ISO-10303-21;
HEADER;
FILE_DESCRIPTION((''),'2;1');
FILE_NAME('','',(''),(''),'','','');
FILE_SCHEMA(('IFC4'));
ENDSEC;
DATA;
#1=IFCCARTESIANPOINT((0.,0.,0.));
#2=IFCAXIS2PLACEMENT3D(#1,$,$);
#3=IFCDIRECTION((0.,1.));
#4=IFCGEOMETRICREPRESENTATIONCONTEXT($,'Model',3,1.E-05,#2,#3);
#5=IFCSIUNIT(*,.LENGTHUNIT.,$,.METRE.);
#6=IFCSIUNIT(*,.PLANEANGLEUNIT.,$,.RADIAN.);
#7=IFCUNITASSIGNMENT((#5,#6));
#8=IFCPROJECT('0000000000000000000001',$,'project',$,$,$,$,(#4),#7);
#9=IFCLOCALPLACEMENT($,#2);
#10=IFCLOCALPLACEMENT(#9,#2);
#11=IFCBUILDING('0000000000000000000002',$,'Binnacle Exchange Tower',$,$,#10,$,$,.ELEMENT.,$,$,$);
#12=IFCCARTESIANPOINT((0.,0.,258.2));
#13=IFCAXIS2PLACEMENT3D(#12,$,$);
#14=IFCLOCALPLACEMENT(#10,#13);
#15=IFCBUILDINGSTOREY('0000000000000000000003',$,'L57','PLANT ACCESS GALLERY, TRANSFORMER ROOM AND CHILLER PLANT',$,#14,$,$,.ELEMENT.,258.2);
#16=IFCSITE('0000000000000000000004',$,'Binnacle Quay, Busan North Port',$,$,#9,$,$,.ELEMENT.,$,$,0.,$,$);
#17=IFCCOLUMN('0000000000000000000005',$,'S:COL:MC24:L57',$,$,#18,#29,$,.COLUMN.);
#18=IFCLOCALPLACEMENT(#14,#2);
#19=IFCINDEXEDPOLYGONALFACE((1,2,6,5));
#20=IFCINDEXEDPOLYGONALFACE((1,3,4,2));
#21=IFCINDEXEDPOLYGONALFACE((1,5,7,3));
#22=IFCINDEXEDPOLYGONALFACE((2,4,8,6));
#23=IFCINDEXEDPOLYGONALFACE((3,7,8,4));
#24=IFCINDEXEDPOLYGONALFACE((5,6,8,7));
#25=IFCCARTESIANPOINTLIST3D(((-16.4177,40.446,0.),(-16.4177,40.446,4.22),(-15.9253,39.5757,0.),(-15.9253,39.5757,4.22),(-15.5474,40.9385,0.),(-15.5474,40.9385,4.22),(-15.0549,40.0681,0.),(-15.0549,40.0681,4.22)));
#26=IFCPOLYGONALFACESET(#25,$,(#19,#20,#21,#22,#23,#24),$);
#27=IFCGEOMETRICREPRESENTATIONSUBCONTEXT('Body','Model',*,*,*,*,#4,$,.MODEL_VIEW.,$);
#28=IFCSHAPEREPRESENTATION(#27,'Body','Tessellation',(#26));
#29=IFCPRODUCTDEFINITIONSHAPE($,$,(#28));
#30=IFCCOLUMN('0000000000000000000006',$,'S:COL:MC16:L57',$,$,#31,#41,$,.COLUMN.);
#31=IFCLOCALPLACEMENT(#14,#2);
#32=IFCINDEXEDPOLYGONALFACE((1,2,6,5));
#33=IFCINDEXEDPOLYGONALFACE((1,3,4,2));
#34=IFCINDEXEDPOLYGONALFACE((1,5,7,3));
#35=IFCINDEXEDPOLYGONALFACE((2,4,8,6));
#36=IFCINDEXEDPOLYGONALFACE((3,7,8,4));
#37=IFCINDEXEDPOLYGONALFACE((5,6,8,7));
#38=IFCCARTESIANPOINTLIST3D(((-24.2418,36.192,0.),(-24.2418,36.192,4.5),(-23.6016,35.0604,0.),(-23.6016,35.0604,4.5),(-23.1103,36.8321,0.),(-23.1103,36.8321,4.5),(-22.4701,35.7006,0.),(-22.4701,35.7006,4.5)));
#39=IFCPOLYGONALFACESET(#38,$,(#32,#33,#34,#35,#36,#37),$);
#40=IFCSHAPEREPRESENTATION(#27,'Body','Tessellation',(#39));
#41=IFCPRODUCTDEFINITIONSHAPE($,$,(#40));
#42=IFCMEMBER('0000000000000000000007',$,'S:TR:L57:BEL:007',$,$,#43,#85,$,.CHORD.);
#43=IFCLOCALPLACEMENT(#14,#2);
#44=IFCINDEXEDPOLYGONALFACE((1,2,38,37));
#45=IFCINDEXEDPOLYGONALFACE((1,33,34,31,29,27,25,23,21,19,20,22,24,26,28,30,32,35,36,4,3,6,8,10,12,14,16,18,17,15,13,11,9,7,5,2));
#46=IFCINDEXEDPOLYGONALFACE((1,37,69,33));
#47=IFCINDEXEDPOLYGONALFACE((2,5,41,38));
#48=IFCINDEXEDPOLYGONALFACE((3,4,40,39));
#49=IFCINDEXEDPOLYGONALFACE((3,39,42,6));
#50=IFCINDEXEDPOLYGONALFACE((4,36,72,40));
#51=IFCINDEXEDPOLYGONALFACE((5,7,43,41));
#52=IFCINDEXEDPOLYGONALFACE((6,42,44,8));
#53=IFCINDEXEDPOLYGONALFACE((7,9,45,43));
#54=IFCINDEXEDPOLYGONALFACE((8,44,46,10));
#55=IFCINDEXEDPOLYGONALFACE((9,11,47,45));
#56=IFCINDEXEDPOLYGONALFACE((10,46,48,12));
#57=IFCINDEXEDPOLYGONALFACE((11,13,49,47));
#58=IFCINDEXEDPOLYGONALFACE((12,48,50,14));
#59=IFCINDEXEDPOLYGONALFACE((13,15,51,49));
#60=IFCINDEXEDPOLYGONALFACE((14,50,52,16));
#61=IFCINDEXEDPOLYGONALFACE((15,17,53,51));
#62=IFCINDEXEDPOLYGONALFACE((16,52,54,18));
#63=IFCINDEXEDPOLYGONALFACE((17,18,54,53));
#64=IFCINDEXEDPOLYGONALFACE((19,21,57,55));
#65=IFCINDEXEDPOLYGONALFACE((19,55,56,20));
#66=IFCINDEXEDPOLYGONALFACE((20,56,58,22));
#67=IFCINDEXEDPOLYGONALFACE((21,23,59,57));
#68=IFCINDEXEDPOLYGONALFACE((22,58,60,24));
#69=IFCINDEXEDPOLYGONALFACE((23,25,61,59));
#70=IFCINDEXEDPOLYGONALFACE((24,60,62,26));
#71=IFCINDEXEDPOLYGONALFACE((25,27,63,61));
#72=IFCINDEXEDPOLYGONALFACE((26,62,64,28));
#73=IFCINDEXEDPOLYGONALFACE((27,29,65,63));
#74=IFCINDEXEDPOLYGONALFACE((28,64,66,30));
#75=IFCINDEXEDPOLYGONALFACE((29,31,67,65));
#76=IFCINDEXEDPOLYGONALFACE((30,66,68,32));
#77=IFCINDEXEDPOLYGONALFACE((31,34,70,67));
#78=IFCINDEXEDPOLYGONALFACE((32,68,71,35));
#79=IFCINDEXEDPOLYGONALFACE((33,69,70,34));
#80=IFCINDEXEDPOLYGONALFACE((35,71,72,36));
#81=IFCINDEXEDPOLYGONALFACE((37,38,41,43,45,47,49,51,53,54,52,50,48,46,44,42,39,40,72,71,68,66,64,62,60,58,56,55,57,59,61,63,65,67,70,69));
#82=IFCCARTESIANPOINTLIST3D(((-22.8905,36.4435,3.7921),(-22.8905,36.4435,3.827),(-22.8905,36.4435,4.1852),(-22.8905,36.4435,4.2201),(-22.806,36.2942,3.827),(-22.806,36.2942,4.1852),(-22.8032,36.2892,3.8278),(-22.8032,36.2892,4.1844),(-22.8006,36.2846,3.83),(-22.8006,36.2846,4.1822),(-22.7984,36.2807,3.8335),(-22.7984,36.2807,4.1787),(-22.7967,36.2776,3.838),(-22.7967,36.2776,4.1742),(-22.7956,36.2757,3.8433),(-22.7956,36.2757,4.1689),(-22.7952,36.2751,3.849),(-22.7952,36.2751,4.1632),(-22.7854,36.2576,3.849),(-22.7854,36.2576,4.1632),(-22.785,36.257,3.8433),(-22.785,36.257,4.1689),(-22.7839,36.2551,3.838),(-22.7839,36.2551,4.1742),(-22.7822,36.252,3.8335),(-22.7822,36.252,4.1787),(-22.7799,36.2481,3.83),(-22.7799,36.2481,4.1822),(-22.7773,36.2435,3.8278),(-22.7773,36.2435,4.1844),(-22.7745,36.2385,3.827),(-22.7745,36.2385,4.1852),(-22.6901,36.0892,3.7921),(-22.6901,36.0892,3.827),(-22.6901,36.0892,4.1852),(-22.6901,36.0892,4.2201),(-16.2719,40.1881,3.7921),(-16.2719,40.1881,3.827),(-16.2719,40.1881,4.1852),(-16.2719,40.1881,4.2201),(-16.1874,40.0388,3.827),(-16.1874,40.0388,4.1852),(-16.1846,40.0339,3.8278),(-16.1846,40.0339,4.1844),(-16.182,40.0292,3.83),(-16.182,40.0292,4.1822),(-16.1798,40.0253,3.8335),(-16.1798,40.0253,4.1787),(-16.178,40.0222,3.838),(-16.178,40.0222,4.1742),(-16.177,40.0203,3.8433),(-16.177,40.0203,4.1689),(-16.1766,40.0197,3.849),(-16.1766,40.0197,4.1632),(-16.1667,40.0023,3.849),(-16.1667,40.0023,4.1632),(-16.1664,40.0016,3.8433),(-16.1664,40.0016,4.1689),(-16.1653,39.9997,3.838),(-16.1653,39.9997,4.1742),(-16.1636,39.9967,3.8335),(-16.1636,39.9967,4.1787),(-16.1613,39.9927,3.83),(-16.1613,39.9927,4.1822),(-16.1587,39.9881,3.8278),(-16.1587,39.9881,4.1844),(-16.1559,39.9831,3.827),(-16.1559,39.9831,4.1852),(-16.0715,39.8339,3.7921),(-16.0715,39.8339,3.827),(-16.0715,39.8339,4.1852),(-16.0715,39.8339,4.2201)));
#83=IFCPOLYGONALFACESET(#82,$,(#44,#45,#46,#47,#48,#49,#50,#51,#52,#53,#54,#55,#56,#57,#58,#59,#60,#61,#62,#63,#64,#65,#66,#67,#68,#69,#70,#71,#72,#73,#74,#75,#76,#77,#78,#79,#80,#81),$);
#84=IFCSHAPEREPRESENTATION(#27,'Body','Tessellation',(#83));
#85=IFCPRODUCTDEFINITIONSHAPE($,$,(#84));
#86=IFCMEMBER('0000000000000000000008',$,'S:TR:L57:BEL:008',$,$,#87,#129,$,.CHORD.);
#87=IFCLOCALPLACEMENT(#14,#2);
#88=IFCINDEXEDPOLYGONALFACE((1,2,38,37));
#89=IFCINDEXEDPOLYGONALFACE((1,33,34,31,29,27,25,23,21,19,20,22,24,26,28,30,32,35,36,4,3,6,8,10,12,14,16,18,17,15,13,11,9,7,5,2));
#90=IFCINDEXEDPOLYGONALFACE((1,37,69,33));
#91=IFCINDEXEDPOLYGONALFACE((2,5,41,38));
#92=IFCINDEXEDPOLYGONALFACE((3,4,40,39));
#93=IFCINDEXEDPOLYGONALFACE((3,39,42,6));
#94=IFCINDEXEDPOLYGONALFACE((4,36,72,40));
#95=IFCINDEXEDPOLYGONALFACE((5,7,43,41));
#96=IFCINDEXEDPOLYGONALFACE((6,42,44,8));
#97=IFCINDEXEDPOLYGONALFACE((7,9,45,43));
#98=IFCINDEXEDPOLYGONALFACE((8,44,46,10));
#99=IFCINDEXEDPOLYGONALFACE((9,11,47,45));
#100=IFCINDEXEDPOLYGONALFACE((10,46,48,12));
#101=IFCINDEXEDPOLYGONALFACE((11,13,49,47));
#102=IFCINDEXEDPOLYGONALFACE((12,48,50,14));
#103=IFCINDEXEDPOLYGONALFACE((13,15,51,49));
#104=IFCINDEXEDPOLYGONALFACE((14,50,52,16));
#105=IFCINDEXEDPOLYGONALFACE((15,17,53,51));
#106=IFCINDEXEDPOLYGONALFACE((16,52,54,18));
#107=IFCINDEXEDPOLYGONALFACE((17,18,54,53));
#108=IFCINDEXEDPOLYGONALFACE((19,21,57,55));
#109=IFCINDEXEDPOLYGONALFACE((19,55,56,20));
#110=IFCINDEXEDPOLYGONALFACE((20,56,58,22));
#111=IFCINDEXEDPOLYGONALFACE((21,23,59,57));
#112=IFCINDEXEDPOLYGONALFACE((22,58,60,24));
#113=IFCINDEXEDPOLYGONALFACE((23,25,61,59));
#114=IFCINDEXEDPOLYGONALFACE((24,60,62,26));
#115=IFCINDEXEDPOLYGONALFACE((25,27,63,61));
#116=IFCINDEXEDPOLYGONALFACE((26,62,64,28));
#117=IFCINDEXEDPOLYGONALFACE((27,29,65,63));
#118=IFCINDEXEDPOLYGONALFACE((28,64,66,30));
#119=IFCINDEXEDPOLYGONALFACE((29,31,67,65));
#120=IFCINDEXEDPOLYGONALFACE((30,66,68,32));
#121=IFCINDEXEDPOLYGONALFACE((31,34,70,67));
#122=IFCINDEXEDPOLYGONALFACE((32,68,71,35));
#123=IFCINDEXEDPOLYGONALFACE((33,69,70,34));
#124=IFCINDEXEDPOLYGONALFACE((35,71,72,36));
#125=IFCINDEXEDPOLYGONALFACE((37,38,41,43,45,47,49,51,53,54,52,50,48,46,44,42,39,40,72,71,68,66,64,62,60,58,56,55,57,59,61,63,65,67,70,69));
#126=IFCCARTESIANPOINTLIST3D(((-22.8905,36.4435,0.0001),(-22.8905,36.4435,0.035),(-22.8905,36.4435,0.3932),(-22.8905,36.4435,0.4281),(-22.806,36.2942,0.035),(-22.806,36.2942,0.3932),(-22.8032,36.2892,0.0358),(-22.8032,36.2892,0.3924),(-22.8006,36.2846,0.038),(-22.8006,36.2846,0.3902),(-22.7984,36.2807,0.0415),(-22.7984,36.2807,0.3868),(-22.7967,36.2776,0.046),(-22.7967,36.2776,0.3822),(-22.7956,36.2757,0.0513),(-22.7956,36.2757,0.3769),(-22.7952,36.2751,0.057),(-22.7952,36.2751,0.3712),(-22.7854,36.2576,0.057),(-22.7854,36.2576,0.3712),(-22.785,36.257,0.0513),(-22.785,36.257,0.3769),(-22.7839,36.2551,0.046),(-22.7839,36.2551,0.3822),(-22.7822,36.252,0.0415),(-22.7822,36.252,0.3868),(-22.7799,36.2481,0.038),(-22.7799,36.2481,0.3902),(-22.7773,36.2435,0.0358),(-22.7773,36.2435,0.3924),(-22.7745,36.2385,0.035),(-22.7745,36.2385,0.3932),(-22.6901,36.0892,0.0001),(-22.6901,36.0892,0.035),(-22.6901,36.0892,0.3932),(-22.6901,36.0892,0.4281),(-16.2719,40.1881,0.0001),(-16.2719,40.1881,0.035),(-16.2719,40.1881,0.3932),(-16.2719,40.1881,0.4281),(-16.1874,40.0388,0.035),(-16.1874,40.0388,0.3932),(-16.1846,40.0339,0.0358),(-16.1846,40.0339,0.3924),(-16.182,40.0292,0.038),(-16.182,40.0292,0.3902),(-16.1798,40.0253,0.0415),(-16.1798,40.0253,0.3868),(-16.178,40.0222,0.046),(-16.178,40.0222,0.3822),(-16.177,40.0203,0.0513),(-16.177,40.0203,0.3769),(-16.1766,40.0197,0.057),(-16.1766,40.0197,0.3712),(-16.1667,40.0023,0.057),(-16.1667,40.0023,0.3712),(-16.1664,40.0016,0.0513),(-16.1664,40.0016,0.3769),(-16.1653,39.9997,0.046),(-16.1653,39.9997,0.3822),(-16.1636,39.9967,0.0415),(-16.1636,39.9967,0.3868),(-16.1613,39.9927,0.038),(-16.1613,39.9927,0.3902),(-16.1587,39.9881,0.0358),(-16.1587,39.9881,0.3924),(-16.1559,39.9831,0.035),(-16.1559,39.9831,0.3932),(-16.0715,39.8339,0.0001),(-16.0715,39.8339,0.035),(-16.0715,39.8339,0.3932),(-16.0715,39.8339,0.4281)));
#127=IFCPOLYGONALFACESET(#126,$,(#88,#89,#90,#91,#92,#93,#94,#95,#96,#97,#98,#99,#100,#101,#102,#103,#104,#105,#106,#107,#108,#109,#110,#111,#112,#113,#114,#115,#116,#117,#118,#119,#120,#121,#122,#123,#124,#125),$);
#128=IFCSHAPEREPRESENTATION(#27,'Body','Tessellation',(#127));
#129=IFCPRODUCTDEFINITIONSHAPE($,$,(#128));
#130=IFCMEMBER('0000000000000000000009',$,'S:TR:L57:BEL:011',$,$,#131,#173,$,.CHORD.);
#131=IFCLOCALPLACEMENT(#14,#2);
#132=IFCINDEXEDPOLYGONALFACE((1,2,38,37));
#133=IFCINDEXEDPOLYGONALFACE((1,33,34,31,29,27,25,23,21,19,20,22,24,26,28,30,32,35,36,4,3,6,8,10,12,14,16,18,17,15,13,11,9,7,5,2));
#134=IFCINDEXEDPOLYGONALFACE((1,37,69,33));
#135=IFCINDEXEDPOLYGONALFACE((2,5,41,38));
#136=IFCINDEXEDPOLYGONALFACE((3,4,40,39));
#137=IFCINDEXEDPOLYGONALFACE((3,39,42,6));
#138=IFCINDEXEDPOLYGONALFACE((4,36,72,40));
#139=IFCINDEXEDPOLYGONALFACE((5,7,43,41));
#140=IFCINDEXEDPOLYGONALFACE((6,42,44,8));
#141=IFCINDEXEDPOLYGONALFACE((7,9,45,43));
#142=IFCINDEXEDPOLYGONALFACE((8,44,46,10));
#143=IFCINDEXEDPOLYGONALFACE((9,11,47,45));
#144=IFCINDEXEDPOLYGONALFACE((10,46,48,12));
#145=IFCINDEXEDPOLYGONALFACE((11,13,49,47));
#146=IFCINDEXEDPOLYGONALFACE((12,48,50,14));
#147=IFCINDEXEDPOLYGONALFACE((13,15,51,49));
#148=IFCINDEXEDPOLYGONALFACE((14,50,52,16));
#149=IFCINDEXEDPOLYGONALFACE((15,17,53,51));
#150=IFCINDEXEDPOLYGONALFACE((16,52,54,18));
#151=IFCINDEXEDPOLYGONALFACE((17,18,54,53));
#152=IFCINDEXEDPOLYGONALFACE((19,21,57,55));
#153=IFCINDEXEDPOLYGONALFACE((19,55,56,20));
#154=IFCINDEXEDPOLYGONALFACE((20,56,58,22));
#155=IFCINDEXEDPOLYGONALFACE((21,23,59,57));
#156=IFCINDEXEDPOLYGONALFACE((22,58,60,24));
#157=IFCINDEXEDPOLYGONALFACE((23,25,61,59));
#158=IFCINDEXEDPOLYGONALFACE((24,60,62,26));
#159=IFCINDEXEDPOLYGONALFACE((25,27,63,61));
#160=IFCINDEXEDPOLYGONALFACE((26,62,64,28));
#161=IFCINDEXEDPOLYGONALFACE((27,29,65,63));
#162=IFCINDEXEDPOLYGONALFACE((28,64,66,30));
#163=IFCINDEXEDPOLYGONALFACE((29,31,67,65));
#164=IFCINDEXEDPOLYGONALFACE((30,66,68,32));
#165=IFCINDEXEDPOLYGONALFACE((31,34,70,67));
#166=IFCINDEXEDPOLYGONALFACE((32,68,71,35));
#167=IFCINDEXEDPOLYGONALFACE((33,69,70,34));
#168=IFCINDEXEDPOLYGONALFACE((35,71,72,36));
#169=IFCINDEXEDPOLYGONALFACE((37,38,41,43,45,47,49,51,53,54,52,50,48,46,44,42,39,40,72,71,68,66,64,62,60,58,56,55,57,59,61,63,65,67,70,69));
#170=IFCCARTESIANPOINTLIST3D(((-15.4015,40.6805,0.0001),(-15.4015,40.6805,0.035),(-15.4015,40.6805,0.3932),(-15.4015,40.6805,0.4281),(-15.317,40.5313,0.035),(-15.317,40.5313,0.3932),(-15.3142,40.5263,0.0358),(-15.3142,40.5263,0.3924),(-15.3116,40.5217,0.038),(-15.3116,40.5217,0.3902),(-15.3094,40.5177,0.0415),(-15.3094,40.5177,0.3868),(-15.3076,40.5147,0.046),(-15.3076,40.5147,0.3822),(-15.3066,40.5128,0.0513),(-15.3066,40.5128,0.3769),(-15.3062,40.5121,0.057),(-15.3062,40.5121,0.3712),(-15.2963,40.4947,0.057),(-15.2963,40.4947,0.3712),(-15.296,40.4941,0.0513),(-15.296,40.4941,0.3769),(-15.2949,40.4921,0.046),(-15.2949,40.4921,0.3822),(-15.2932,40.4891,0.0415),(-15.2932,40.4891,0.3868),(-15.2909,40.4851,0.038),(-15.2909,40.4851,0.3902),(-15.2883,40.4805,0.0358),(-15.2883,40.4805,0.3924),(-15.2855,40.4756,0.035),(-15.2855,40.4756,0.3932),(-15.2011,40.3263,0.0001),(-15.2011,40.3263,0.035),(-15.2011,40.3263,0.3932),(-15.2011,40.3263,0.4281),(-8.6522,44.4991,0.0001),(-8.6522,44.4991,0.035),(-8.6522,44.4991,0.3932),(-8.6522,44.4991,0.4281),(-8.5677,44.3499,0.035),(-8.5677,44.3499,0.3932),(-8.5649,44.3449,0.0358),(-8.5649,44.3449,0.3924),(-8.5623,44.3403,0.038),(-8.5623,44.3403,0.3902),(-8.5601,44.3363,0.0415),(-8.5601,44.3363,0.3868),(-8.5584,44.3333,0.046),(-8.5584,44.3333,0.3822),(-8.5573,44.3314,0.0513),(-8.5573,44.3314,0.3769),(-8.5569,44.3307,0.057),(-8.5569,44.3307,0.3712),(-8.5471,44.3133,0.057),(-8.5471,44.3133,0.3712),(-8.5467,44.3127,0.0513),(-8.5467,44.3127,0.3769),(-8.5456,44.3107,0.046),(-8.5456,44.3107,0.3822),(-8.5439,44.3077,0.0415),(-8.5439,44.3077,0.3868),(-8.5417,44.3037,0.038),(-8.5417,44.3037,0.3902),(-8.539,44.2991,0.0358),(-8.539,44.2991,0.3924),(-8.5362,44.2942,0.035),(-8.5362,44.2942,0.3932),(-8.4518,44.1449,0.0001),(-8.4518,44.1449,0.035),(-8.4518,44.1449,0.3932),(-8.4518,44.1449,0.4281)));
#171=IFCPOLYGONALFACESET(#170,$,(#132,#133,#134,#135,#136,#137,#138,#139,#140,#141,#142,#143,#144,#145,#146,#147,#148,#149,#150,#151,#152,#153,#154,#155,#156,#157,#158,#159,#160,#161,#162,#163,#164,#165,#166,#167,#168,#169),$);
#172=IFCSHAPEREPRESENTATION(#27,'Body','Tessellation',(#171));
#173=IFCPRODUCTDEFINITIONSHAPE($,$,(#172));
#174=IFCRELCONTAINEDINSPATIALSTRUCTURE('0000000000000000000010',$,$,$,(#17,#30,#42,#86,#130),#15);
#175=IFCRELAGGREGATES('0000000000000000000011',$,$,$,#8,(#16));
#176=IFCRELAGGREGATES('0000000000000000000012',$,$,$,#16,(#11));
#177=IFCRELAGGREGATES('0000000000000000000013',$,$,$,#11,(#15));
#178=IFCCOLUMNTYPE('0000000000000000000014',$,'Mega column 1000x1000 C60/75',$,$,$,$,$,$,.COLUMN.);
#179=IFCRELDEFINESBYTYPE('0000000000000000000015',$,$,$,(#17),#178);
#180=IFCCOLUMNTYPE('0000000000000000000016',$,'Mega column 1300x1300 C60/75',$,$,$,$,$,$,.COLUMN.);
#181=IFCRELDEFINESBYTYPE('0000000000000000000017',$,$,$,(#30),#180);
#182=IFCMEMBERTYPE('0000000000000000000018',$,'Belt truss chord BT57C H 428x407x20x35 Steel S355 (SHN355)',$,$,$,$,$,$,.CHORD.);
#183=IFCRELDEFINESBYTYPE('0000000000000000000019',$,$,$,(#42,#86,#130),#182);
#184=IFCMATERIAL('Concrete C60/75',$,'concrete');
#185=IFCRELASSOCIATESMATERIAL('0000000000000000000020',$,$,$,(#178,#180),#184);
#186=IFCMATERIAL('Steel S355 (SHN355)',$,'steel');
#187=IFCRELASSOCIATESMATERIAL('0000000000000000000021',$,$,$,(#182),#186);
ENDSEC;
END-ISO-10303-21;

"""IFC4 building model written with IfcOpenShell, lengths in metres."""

from ifc_helpers import new_model, si_unit, direction, frame, origin, origin_2d, place, context, subcontext, project, spatial, rectangle, i_section, extrude, material, material_profile, profile_set, type_object, element, save


model = new_model("IFC4")

# Units and contexts
model_context = context("Model", 3, precision=1e-05, world=origin(), true_north=direction((0.0, 1.0)))
body_context = subcontext(model_context, "Body", "Model", "MODEL_VIEW")
ifc_project = project(units=[si_unit("LENGTHUNIT", "METRE"), si_unit("PLANEANGLEUNIT", "RADIAN")], contexts=[model_context])

# Site, building, storey
site_placement = place(None, origin())
site = spatial("IfcSite", under=ifc_project, at=site_placement, Name="Binnacle Quay, Busan North Port", CompositionType="ELEMENT", RefElevation=0.0)
building_placement = place(site_placement, origin())
building = spatial("IfcBuilding", under=site, at=building_placement, Name="Binnacle Exchange Tower", CompositionType="ELEMENT")
storey_placement = place(building_placement, frame((0.0, 0.0, 258.2)))
storey = spatial("IfcBuildingStorey", under=building, at=storey_placement, Name="L57", Description="PLANT ACCESS GALLERY, TRANSFORMER ROOM AND CHILLER PLANT", CompositionType="ELEMENT", Elevation=258.2)

# Columns
ifc_material_1 = material(Name="Concrete C60/75", Category="concrete")
ifc_material_profile_1 = material_profile(ifc_material_1, rectangle(XDim=1.0, YDim=1.0, at=origin_2d()), Name="Mega column 1000x1000 C60/75")
ifc_profile_set_1 = profile_set([ifc_material_profile_1], Name="Concrete C60/75")
column_type_1 = type_object("IfcColumnType", Name="Mega column 1000x1000 C60/75", PredefinedType="COLUMN", material=ifc_profile_set_1)
column_1_placement = place(storey_placement, frame((-15.7363, 40.2571, 0.0), z_axis=(0.0, 0.0, 1.0), x_axis=(0.870356, 0.492424, 0.0)))
element("IfcColumn", 1, at=column_1_placement, inside=storey, type_object=column_type_1, Name="S:COL:MC24:L57", PredefinedType="COLUMN", context=body_context, shape_type="SweptSolid", body=[
    extrude(rectangle(XDim=1.0, YDim=1.0, at=origin_2d()), origin(), (0.0, 0.0, 1.0), 4.22),
])
ifc_material_profile_2 = material_profile(ifc_material_1, rectangle(XDim=1.3, YDim=1.3, at=origin_2d()), Name="Mega column 1300x1300 C60/75")
ifc_profile_set_2 = profile_set([ifc_material_profile_2], Name="Concrete C60/75")
column_type_2 = type_object("IfcColumnType", Name="Mega column 1300x1300 C60/75", PredefinedType="COLUMN", material=ifc_profile_set_2)
column_2_placement = place(storey_placement, frame((-23.356, 35.9463, 0.0), z_axis=(0.0, 0.0, 1.0), x_axis=(0.870356, 0.492424, 0.0)))
element("IfcColumn", 2, at=column_2_placement, inside=storey, type_object=column_type_2, Name="S:COL:MC16:L57", PredefinedType="COLUMN", context=body_context, shape_type="SweptSolid", body=[
    extrude(rectangle(XDim=1.3, YDim=1.3, at=origin_2d()), origin(), (0.0, 0.0, 1.0), 4.5),
])

# Members
ifc_material_2 = material(Name="Steel S355 (SHN355)", Category="steel")
ifc_material_profile_3 = material_profile(ifc_material_2, i_section(OverallWidth=0.407, OverallDepth=0.428, WebThickness=0.02, FlangeThickness=0.0349, FilletRadius=0.022, at=origin_2d()), Name="H 428x407x20x35")
ifc_profile_set_3 = profile_set([ifc_material_profile_3], Name="Steel S355 (SHN355)")
member_type_1 = type_object("IfcMemberType", Name="Belt truss chord BT57C H 428x407x20x35 Steel S355 (SHN355)", PredefinedType="CHORD", material=ifc_profile_set_3)
for number, where, z_axis, x_axis, name in (
    (3, (-22.7903, 36.2664, 4.0061), (0.870357, 0.492421, 0.0), (-0.492421, 0.870357, 0.0), "S:TR:L57:BEL:007"),
    (4, (-22.7903, 36.2664, 0.2141), (0.870357, 0.492421, 0.0), (-0.492421, 0.870357, 0.0), "S:TR:L57:BEL:008"),
):
    element("IfcMember", number, at=place(storey_placement, frame(where, z_axis=z_axis, x_axis=x_axis)), inside=storey, type_object=member_type_1, Name=name, PredefinedType="CHORD", context=body_context, shape_type="SweptSolid", body=[
        extrude(i_section(OverallWidth=0.407, OverallDepth=0.428, WebThickness=0.02, FlangeThickness=0.0349, FilletRadius=0.022, at=origin_2d()), origin(), (0.0, 0.0, 1.0), 7.6045),
    ])
member_1_placement = place(storey_placement, frame((-15.3013, 40.5034, 0.2141), z_axis=(0.870353, 0.492429, 0.0), x_axis=(-0.492429, 0.870353, 0.0)))
element("IfcMember", 5, at=member_1_placement, inside=storey, type_object=member_type_1, Name="S:TR:L57:BEL:011", PredefinedType="CHORD", context=body_context, shape_type="SweptSolid", body=[
    extrude(i_section(OverallWidth=0.407, OverallDepth=0.428, WebThickness=0.02, FlangeThickness=0.0349, FilletRadius=0.022, at=origin_2d()), origin(), (0.0, 0.0, 1.0), 7.7546),
])

save(model, "model.ifc")
